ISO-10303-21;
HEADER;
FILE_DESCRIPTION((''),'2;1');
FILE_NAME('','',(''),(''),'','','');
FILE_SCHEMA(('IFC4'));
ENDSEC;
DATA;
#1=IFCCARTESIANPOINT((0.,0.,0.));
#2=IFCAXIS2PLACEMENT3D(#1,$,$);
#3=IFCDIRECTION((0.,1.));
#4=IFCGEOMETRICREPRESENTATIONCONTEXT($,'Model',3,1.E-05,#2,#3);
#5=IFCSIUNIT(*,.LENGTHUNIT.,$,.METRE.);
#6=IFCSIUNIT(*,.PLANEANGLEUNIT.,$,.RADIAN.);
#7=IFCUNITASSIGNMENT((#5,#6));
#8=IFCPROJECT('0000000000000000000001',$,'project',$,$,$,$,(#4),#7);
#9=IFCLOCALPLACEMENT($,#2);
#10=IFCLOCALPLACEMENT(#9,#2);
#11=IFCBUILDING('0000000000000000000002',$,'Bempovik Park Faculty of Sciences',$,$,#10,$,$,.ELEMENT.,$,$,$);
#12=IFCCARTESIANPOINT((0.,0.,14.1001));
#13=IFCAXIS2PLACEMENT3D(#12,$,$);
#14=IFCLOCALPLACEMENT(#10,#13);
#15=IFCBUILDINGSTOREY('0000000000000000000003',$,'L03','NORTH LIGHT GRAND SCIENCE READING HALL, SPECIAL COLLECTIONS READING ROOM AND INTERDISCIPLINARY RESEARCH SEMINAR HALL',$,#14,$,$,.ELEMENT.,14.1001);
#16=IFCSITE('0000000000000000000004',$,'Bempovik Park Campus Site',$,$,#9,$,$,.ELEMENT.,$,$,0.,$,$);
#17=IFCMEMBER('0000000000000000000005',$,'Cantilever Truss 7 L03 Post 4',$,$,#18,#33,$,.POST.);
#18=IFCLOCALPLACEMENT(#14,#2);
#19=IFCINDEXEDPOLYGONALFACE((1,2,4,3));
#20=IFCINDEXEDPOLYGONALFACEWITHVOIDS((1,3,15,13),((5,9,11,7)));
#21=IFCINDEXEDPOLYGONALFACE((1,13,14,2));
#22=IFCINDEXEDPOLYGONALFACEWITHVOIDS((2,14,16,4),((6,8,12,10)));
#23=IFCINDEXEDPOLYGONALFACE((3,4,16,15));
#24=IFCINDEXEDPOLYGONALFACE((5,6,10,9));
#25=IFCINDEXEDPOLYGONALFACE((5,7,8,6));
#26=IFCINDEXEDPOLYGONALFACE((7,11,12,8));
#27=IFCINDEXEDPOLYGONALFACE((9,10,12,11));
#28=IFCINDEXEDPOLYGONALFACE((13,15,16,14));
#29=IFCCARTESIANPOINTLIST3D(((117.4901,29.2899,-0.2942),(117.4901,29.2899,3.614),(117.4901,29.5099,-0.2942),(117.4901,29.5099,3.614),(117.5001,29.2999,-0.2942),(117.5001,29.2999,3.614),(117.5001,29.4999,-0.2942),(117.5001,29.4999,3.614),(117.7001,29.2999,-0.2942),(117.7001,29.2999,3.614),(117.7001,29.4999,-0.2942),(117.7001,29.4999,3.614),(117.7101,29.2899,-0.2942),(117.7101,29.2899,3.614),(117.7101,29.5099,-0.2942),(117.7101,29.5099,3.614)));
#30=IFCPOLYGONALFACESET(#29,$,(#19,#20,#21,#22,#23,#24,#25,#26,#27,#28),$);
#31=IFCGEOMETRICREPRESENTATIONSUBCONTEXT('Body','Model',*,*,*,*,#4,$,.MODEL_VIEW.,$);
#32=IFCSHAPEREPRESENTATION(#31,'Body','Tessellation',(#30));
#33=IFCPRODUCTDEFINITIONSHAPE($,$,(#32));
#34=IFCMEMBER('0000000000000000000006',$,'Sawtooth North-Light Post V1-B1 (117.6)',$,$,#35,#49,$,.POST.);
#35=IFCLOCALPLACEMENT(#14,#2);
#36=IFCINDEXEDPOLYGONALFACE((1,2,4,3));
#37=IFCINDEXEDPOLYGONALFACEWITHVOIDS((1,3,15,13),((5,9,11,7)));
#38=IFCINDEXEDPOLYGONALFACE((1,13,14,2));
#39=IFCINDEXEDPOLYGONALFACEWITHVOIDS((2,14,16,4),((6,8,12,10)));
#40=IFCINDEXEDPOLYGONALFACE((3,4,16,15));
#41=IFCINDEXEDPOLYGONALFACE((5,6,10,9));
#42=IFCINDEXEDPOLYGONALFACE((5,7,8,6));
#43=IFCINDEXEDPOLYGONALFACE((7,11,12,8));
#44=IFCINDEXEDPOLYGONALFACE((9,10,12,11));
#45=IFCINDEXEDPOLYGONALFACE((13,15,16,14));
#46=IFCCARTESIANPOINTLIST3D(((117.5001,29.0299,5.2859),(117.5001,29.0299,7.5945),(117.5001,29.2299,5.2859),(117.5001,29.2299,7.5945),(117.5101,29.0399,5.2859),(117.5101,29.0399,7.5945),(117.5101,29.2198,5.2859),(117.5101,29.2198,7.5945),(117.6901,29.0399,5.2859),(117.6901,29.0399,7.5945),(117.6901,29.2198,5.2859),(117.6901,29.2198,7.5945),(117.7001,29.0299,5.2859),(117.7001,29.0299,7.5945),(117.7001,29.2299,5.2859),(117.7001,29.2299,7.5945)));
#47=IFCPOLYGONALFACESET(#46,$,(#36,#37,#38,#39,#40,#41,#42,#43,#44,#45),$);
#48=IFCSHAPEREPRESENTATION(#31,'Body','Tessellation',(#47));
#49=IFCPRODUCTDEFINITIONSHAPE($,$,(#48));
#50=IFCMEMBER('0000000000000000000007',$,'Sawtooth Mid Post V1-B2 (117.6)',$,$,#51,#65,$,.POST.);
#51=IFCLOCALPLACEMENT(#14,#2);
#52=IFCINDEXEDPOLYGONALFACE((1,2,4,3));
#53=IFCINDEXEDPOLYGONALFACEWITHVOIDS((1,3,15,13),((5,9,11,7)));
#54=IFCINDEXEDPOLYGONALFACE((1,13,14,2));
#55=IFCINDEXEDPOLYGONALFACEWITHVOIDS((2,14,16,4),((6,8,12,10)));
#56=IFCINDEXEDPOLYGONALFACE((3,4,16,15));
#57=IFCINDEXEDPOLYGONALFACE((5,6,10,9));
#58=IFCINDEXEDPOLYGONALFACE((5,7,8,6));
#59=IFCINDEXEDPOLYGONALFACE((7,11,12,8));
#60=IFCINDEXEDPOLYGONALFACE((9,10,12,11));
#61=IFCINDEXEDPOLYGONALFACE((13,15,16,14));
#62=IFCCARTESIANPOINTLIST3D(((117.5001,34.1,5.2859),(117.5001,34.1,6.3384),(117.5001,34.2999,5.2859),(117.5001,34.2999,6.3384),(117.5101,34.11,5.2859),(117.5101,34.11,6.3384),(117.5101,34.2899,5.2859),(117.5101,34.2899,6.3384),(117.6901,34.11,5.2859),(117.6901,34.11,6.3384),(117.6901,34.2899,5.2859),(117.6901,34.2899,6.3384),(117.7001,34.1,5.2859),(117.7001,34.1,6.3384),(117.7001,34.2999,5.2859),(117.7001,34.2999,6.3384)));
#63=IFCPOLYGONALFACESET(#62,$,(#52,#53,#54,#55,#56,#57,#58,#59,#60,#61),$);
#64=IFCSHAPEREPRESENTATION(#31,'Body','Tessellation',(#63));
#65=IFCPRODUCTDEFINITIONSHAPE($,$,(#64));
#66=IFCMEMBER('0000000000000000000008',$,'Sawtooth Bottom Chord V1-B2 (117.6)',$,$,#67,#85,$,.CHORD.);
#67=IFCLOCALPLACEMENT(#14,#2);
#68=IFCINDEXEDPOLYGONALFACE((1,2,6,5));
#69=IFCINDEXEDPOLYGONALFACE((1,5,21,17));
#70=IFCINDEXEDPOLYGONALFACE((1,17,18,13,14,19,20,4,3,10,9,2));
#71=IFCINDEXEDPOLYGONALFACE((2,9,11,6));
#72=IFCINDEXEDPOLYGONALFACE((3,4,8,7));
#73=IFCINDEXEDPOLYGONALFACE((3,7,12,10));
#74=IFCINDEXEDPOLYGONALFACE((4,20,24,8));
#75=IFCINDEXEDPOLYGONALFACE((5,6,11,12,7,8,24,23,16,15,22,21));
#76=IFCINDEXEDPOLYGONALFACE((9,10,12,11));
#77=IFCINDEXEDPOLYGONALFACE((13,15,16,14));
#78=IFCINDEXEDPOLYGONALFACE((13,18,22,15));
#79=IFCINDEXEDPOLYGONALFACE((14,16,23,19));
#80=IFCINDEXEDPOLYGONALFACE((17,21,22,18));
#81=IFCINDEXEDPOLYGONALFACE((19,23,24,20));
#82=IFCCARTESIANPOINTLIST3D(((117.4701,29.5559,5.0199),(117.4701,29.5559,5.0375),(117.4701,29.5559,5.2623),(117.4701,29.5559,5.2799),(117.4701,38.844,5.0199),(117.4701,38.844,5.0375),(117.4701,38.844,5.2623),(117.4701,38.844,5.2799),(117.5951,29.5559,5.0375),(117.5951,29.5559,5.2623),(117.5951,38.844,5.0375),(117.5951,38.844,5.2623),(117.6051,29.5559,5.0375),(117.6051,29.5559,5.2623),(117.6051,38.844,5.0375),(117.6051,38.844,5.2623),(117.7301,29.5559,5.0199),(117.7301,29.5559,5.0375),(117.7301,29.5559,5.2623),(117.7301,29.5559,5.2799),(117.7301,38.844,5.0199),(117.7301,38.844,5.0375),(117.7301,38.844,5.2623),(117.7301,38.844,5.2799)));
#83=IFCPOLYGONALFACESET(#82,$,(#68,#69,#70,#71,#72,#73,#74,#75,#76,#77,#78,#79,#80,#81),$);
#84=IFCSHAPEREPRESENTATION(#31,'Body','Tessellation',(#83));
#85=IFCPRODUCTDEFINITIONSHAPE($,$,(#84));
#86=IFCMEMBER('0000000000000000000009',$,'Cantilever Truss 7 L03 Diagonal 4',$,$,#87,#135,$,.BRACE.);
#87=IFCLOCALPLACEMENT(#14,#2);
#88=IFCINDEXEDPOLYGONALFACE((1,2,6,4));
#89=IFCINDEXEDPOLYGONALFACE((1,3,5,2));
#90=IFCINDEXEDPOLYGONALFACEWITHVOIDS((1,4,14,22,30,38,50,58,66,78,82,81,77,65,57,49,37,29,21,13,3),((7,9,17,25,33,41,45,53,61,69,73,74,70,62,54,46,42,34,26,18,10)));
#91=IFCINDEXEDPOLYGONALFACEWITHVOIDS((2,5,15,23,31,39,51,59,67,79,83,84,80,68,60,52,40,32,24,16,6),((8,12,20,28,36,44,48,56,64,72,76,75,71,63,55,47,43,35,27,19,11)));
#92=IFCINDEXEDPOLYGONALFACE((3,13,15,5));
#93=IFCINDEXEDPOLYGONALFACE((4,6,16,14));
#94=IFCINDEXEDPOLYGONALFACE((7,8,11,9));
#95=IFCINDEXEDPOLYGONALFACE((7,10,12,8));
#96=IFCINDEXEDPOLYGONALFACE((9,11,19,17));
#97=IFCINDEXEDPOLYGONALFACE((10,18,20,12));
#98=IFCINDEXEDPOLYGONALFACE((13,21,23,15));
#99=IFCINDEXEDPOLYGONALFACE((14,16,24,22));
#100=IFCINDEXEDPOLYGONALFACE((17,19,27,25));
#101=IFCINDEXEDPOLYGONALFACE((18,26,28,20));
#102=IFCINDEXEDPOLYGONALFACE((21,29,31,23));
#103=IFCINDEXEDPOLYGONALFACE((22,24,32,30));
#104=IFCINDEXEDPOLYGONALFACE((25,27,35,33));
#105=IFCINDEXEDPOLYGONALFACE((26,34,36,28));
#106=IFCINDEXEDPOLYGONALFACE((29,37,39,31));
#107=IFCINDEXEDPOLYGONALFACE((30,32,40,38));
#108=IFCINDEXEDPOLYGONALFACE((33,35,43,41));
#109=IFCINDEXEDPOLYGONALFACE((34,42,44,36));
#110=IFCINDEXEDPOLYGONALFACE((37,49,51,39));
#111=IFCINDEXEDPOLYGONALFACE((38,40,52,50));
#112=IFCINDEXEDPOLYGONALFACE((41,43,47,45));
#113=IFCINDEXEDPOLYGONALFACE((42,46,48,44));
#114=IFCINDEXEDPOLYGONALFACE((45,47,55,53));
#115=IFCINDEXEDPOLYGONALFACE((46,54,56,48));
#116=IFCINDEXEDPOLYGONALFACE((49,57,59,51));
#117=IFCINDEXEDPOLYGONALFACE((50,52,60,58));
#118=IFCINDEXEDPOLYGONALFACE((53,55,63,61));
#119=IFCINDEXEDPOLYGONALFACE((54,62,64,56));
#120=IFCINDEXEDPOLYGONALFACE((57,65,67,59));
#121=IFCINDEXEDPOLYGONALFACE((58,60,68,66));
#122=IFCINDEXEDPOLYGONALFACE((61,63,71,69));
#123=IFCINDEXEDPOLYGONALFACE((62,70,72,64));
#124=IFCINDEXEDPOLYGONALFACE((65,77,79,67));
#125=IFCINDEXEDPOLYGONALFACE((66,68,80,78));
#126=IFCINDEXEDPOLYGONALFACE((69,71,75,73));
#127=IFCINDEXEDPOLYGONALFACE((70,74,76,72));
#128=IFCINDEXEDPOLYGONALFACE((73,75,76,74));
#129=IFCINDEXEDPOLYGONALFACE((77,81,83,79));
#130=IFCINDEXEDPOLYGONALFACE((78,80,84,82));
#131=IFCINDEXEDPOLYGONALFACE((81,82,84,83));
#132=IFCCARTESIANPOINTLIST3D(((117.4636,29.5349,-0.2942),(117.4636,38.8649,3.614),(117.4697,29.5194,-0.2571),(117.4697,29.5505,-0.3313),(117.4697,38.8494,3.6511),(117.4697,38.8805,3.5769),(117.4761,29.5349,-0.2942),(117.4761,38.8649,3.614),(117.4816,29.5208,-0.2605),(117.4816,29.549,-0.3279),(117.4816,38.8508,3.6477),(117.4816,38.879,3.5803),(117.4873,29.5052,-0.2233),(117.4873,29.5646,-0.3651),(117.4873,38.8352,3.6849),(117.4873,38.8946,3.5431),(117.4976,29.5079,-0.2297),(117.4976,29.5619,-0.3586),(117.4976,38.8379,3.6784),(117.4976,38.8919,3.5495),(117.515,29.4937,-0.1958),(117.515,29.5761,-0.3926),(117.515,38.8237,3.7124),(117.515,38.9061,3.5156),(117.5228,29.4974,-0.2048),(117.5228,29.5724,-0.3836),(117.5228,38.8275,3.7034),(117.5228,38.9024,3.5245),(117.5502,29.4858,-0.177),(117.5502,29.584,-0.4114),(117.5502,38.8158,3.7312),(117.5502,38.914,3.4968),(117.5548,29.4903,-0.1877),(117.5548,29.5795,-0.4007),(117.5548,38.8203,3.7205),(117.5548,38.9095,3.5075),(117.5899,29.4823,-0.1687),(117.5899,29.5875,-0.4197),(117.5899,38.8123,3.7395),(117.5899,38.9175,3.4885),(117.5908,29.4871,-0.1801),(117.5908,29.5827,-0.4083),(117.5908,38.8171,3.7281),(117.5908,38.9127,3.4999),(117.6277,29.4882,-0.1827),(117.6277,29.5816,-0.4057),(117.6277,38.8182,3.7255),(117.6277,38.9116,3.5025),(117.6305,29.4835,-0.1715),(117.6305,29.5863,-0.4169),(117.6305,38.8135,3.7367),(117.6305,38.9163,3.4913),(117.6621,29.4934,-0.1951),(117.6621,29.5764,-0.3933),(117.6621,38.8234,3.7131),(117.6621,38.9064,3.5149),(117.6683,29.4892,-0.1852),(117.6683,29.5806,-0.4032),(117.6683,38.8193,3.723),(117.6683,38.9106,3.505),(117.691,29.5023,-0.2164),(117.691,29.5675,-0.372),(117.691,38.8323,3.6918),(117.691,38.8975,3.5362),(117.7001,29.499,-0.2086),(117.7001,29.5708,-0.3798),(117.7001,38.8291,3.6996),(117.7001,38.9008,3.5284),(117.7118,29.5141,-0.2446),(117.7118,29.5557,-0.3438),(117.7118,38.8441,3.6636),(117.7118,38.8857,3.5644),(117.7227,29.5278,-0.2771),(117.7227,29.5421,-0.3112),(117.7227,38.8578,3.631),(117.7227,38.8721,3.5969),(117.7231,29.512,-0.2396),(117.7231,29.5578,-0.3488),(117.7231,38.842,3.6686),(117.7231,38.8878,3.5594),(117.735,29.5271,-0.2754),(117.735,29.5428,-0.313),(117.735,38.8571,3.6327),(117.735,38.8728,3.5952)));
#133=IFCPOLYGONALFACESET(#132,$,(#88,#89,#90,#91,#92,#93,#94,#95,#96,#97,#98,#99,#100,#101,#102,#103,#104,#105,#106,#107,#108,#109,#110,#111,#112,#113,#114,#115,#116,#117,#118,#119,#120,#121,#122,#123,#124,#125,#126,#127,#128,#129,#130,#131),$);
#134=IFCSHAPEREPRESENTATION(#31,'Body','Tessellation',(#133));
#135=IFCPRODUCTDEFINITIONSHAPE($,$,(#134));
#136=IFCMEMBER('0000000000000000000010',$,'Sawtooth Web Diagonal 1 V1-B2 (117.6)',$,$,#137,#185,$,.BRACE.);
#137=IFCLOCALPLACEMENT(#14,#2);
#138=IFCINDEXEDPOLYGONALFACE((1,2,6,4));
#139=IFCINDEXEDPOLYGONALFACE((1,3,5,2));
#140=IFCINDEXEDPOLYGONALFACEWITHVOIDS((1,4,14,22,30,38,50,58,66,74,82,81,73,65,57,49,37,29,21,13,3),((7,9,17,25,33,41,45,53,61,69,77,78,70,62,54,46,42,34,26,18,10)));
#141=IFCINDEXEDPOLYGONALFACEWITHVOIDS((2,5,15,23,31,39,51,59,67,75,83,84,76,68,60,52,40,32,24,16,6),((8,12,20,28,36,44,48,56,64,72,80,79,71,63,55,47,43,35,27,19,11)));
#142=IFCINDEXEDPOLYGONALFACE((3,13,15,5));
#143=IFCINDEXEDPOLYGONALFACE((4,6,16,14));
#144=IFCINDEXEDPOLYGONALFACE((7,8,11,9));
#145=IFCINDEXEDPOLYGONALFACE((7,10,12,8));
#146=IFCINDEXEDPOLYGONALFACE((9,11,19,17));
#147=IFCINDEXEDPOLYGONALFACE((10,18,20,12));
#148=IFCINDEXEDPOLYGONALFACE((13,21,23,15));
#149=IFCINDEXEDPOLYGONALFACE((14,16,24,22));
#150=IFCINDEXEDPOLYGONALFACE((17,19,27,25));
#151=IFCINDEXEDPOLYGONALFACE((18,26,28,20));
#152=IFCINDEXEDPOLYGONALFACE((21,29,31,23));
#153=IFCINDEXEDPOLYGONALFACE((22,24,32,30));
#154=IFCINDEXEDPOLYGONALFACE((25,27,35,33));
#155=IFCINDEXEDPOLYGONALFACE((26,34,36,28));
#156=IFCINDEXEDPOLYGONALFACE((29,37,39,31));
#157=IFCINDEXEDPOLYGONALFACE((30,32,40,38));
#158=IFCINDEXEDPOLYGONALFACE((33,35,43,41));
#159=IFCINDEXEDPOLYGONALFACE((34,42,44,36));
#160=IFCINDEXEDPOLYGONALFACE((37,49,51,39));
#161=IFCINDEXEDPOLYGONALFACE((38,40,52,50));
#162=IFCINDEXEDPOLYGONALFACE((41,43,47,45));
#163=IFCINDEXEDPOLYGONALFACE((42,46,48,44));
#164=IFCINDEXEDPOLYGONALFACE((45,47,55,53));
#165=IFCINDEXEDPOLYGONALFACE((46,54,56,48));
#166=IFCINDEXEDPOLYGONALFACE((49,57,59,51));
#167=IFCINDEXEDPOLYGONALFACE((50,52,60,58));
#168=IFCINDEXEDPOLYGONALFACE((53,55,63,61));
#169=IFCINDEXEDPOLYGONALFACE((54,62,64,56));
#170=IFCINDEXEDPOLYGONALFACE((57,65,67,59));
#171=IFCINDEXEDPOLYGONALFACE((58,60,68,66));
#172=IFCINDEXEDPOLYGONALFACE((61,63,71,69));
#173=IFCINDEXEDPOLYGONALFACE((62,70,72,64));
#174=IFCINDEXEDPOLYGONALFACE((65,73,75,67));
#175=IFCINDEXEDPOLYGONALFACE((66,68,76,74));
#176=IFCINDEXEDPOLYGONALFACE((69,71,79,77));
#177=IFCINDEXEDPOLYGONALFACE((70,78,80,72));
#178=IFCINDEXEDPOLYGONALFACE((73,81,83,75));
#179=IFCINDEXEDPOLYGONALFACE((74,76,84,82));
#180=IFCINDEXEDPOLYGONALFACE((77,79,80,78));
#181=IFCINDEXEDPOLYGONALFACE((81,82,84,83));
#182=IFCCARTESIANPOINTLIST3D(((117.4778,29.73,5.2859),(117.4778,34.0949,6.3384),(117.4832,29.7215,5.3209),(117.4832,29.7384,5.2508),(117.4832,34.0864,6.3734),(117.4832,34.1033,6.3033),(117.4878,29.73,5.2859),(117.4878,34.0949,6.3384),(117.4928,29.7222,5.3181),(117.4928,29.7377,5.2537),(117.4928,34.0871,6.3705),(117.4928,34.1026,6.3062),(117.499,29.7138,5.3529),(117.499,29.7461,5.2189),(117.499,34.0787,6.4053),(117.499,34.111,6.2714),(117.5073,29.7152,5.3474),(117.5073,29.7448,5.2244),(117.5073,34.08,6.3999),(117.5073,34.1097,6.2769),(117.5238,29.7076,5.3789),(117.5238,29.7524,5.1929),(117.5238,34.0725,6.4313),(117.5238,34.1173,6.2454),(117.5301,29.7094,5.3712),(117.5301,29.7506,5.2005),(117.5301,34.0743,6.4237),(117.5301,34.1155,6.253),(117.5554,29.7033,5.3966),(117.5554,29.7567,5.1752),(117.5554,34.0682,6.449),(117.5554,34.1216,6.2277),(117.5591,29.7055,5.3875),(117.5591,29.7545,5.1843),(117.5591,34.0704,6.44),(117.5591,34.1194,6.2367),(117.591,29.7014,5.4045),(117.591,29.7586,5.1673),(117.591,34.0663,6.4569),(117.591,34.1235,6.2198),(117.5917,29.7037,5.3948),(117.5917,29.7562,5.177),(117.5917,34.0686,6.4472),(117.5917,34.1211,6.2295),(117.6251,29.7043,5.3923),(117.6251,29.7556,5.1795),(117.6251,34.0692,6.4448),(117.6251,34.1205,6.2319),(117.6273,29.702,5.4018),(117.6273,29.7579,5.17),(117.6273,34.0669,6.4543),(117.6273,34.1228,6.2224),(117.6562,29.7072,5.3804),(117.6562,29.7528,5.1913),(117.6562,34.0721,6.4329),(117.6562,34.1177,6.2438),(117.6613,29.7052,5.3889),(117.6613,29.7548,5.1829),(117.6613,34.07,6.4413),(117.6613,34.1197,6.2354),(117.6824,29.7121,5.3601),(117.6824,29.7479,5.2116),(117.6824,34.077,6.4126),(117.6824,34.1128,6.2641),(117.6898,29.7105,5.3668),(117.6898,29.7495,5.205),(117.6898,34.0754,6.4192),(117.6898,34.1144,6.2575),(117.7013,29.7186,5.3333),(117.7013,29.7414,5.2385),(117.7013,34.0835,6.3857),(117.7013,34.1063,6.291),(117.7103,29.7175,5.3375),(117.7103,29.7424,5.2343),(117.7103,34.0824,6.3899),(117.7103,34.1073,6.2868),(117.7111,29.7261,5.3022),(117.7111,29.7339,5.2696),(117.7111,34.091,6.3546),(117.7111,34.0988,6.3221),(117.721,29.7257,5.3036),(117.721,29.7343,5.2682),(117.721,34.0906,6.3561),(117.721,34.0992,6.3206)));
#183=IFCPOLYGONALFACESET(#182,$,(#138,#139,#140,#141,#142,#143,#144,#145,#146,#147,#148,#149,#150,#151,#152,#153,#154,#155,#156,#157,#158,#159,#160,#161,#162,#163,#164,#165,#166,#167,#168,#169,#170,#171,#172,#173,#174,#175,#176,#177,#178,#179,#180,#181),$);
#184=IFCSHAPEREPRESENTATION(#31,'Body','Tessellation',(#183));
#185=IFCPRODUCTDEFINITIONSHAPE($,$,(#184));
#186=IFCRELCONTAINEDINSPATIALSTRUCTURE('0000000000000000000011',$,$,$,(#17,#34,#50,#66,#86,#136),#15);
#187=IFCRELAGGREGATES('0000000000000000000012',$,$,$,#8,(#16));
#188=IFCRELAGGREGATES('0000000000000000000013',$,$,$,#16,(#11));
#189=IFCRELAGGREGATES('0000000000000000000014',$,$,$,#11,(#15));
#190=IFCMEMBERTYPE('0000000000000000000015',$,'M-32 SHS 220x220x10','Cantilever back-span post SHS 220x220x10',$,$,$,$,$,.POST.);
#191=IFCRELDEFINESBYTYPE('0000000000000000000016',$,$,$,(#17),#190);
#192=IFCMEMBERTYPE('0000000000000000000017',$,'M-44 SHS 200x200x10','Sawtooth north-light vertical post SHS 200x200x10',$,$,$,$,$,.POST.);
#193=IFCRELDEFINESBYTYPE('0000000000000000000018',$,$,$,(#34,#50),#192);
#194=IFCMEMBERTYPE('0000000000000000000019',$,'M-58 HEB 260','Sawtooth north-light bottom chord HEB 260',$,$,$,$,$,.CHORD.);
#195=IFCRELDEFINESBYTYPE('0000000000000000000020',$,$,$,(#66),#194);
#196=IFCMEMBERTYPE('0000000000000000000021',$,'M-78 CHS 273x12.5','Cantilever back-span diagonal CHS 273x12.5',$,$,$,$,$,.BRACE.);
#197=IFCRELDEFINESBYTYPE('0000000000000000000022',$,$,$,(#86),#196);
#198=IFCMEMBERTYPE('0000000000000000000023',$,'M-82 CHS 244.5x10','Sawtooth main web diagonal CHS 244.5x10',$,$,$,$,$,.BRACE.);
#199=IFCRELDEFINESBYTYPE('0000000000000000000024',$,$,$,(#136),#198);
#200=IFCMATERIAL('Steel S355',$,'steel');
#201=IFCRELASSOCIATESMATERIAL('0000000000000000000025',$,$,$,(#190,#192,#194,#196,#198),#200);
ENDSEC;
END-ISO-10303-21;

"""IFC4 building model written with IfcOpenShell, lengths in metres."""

from ifc_helpers import new_model, si_unit, direction, frame, origin, origin_2d, place, context, subcontext, project, spatial, hollow_rectangle, hollow_circle, i_section, extrude, material, material_profile, profile_set, type_object, element, save


model = new_model("IFC4")

# Units and contexts
model_context = context("Model", 3, precision=1e-05, world=origin(), true_north=direction((0.0, 1.0)))
body_context = subcontext(model_context, "Body", "Model", "MODEL_VIEW")
ifc_project = project(units=[si_unit("LENGTHUNIT", "METRE"), si_unit("PLANEANGLEUNIT", "RADIAN")], contexts=[model_context])

# Site, building, storey
site_placement = place(None, origin())
site = spatial("IfcSite", under=ifc_project, at=site_placement, Name="Bempovik Park Campus Site", CompositionType="ELEMENT", RefElevation=0.0)
building_placement = place(site_placement, origin())
building = spatial("IfcBuilding", under=site, at=building_placement, Name="Bempovik Park Faculty of Sciences", CompositionType="ELEMENT")
storey_placement = place(building_placement, frame((0.0, 0.0, 14.1001)))
storey = spatial("IfcBuildingStorey", under=building, at=storey_placement, Name="L03", Description="NORTH LIGHT GRAND SCIENCE READING HALL, SPECIAL COLLECTIONS READING ROOM AND INTERDISCIPLINARY RESEARCH SEMINAR HALL", CompositionType="ELEMENT", Elevation=14.1001)

# Shared definitions
ifc_material_1 = material(Name="Steel S355", Category="steel")

# Members
ifc_material_profile_1 = material_profile(ifc_material_1, hollow_rectangle(XDim=0.22, YDim=0.22, WallThickness=0.01, at=origin_2d()), Name="SHS 220x220x10")
ifc_profile_set_1 = profile_set([ifc_material_profile_1], Name="Steel S355")
member_type_1 = type_object("IfcMemberType", Name="M-32 SHS 220x220x10", Description="Cantilever back-span post SHS 220x220x10", PredefinedType="POST", material=ifc_profile_set_1)
member_1_placement = place(storey_placement, frame((117.6001, 29.3999, -0.2942), z_axis=(0.0, 0.0, 1.0), x_axis=(1.0, 0.0, 0.0)))
element("IfcMember", 1, at=member_1_placement, inside=storey, type_object=member_type_1, Name="Cantilever Truss 7 L03 Post 4", PredefinedType="POST", context=body_context, shape_type="SweptSolid", body=[
    extrude(hollow_rectangle(XDim=0.22, YDim=0.22, WallThickness=0.01, at=origin_2d()), origin(), (0.0, 0.0, 1.0), 3.9082),
])
ifc_material_profile_2 = material_profile(ifc_material_1, hollow_rectangle(XDim=0.2, YDim=0.2, WallThickness=0.01, at=origin_2d()), Name="SHS 200x200x10")
ifc_profile_set_2 = profile_set([ifc_material_profile_2], Name="Steel S355")
member_type_2 = type_object("IfcMemberType", Name="M-44 SHS 200x200x10", Description="Sawtooth north-light vertical post SHS 200x200x10", PredefinedType="POST", material=ifc_profile_set_2)
member_2_placement = place(storey_placement, frame((117.6001, 29.1299, 5.2859), z_axis=(0.0, 0.0, 1.0), x_axis=(1.0, 0.0, 0.0)))
element("IfcMember", 2, at=member_2_placement, inside=storey, type_object=member_type_2, Name="Sawtooth North-Light Post V1-B1 (117.6)", PredefinedType="POST", context=body_context, shape_type="SweptSolid", body=[
    extrude(hollow_rectangle(XDim=0.2, YDim=0.2, WallThickness=0.01, at=origin_2d()), origin(), (0.0, 0.0, 1.0), 2.3086),
])
member_3_placement = place(storey_placement, frame((117.6001, 34.2, 5.2859), z_axis=(0.0, 0.0, 1.0), x_axis=(1.0, 0.0, 0.0)))
element("IfcMember", 3, at=member_3_placement, inside=storey, type_object=member_type_2, Name="Sawtooth Mid Post V1-B2 (117.6)", PredefinedType="POST", context=body_context, shape_type="SweptSolid", body=[
    extrude(hollow_rectangle(XDim=0.2, YDim=0.2, WallThickness=0.01, at=origin_2d()), origin(), (0.0, 0.0, 1.0), 1.0525),
])
ifc_material_profile_3 = material_profile(ifc_material_1, i_section(OverallWidth=0.26, OverallDepth=0.26, WebThickness=0.01, FlangeThickness=0.0176, at=origin_2d()), Name="HEB 260")
ifc_profile_set_3 = profile_set([ifc_material_profile_3], Name="Steel S355")
member_type_3 = type_object("IfcMemberType", Name="M-58 HEB 260", Description="Sawtooth north-light bottom chord HEB 260", PredefinedType="CHORD", material=ifc_profile_set_3)
member_4_placement = place(storey_placement, frame((117.6001, 29.5559, 5.1499), z_axis=(0.0, 1.0, 0.0), x_axis=(-1.0, 0.0, 0.0)))
element("IfcMember", 4, at=member_4_placement, inside=storey, type_object=member_type_3, Name="Sawtooth Bottom Chord V1-B2 (117.6)", PredefinedType="CHORD", context=body_context, shape_type="SweptSolid", body=[
    extrude(i_section(OverallWidth=0.26, OverallDepth=0.26, WebThickness=0.01, FlangeThickness=0.0176, at=origin_2d()), origin(), (0.0, 0.0, 1.0), 9.2881),
])
ifc_material_profile_4 = material_profile(ifc_material_1, hollow_circle(Radius=0.1365, WallThickness=0.0125, at=origin_2d()), Name="CHS 273x12.5")
ifc_profile_set_4 = profile_set([ifc_material_profile_4], Name="Steel S355")
member_type_4 = type_object("IfcMemberType", Name="M-78 CHS 273x12.5", Description="Cantilever back-span diagonal CHS 273x12.5", PredefinedType="BRACE", material=ifc_profile_set_4)
member_5_placement = place(storey_placement, frame((117.6001, 29.5349, -0.2942), z_axis=(0.0, 0.92235, 0.386356), x_axis=(-1.0, 0.0, 0.0)))
element("IfcMember", 5, at=member_5_placement, inside=storey, type_object=member_type_4, Name="Cantilever Truss 7 L03 Diagonal 4", PredefinedType="BRACE", context=body_context, shape_type="SweptSolid", body=[
    extrude(hollow_circle(Radius=0.1365, WallThickness=0.0125, at=origin_2d()), origin(), (0.0, 0.0, 1.0), 10.1155),
])
ifc_material_profile_5 = material_profile(ifc_material_1, hollow_circle(Radius=0.1223, WallThickness=0.01, at=origin_2d()), Name="CHS 244.5x10")
ifc_profile_set_5 = profile_set([ifc_material_profile_5], Name="Steel S355")
member_type_5 = type_object("IfcMemberType", Name="M-82 CHS 244.5x10", Description="Sawtooth main web diagonal CHS 244.5x10", PredefinedType="BRACE", material=ifc_profile_set_5)
member_6_placement = place(storey_placement, frame((117.6001, 29.73, 5.2859), z_axis=(0.0, 0.972139, 0.234403), x_axis=(-1.0, 0.0, 0.0)))
element("IfcMember", 6, at=member_6_placement, inside=storey, type_object=member_type_5, Name="Sawtooth Web Diagonal 1 V1-B2 (117.6)", PredefinedType="BRACE", context=body_context, shape_type="SweptSolid", body=[
    extrude(hollow_circle(Radius=0.1223, WallThickness=0.01, at=origin_2d()), origin(), (0.0, 0.0, 1.0), 4.49),
])

save(model, "model.ifc")
